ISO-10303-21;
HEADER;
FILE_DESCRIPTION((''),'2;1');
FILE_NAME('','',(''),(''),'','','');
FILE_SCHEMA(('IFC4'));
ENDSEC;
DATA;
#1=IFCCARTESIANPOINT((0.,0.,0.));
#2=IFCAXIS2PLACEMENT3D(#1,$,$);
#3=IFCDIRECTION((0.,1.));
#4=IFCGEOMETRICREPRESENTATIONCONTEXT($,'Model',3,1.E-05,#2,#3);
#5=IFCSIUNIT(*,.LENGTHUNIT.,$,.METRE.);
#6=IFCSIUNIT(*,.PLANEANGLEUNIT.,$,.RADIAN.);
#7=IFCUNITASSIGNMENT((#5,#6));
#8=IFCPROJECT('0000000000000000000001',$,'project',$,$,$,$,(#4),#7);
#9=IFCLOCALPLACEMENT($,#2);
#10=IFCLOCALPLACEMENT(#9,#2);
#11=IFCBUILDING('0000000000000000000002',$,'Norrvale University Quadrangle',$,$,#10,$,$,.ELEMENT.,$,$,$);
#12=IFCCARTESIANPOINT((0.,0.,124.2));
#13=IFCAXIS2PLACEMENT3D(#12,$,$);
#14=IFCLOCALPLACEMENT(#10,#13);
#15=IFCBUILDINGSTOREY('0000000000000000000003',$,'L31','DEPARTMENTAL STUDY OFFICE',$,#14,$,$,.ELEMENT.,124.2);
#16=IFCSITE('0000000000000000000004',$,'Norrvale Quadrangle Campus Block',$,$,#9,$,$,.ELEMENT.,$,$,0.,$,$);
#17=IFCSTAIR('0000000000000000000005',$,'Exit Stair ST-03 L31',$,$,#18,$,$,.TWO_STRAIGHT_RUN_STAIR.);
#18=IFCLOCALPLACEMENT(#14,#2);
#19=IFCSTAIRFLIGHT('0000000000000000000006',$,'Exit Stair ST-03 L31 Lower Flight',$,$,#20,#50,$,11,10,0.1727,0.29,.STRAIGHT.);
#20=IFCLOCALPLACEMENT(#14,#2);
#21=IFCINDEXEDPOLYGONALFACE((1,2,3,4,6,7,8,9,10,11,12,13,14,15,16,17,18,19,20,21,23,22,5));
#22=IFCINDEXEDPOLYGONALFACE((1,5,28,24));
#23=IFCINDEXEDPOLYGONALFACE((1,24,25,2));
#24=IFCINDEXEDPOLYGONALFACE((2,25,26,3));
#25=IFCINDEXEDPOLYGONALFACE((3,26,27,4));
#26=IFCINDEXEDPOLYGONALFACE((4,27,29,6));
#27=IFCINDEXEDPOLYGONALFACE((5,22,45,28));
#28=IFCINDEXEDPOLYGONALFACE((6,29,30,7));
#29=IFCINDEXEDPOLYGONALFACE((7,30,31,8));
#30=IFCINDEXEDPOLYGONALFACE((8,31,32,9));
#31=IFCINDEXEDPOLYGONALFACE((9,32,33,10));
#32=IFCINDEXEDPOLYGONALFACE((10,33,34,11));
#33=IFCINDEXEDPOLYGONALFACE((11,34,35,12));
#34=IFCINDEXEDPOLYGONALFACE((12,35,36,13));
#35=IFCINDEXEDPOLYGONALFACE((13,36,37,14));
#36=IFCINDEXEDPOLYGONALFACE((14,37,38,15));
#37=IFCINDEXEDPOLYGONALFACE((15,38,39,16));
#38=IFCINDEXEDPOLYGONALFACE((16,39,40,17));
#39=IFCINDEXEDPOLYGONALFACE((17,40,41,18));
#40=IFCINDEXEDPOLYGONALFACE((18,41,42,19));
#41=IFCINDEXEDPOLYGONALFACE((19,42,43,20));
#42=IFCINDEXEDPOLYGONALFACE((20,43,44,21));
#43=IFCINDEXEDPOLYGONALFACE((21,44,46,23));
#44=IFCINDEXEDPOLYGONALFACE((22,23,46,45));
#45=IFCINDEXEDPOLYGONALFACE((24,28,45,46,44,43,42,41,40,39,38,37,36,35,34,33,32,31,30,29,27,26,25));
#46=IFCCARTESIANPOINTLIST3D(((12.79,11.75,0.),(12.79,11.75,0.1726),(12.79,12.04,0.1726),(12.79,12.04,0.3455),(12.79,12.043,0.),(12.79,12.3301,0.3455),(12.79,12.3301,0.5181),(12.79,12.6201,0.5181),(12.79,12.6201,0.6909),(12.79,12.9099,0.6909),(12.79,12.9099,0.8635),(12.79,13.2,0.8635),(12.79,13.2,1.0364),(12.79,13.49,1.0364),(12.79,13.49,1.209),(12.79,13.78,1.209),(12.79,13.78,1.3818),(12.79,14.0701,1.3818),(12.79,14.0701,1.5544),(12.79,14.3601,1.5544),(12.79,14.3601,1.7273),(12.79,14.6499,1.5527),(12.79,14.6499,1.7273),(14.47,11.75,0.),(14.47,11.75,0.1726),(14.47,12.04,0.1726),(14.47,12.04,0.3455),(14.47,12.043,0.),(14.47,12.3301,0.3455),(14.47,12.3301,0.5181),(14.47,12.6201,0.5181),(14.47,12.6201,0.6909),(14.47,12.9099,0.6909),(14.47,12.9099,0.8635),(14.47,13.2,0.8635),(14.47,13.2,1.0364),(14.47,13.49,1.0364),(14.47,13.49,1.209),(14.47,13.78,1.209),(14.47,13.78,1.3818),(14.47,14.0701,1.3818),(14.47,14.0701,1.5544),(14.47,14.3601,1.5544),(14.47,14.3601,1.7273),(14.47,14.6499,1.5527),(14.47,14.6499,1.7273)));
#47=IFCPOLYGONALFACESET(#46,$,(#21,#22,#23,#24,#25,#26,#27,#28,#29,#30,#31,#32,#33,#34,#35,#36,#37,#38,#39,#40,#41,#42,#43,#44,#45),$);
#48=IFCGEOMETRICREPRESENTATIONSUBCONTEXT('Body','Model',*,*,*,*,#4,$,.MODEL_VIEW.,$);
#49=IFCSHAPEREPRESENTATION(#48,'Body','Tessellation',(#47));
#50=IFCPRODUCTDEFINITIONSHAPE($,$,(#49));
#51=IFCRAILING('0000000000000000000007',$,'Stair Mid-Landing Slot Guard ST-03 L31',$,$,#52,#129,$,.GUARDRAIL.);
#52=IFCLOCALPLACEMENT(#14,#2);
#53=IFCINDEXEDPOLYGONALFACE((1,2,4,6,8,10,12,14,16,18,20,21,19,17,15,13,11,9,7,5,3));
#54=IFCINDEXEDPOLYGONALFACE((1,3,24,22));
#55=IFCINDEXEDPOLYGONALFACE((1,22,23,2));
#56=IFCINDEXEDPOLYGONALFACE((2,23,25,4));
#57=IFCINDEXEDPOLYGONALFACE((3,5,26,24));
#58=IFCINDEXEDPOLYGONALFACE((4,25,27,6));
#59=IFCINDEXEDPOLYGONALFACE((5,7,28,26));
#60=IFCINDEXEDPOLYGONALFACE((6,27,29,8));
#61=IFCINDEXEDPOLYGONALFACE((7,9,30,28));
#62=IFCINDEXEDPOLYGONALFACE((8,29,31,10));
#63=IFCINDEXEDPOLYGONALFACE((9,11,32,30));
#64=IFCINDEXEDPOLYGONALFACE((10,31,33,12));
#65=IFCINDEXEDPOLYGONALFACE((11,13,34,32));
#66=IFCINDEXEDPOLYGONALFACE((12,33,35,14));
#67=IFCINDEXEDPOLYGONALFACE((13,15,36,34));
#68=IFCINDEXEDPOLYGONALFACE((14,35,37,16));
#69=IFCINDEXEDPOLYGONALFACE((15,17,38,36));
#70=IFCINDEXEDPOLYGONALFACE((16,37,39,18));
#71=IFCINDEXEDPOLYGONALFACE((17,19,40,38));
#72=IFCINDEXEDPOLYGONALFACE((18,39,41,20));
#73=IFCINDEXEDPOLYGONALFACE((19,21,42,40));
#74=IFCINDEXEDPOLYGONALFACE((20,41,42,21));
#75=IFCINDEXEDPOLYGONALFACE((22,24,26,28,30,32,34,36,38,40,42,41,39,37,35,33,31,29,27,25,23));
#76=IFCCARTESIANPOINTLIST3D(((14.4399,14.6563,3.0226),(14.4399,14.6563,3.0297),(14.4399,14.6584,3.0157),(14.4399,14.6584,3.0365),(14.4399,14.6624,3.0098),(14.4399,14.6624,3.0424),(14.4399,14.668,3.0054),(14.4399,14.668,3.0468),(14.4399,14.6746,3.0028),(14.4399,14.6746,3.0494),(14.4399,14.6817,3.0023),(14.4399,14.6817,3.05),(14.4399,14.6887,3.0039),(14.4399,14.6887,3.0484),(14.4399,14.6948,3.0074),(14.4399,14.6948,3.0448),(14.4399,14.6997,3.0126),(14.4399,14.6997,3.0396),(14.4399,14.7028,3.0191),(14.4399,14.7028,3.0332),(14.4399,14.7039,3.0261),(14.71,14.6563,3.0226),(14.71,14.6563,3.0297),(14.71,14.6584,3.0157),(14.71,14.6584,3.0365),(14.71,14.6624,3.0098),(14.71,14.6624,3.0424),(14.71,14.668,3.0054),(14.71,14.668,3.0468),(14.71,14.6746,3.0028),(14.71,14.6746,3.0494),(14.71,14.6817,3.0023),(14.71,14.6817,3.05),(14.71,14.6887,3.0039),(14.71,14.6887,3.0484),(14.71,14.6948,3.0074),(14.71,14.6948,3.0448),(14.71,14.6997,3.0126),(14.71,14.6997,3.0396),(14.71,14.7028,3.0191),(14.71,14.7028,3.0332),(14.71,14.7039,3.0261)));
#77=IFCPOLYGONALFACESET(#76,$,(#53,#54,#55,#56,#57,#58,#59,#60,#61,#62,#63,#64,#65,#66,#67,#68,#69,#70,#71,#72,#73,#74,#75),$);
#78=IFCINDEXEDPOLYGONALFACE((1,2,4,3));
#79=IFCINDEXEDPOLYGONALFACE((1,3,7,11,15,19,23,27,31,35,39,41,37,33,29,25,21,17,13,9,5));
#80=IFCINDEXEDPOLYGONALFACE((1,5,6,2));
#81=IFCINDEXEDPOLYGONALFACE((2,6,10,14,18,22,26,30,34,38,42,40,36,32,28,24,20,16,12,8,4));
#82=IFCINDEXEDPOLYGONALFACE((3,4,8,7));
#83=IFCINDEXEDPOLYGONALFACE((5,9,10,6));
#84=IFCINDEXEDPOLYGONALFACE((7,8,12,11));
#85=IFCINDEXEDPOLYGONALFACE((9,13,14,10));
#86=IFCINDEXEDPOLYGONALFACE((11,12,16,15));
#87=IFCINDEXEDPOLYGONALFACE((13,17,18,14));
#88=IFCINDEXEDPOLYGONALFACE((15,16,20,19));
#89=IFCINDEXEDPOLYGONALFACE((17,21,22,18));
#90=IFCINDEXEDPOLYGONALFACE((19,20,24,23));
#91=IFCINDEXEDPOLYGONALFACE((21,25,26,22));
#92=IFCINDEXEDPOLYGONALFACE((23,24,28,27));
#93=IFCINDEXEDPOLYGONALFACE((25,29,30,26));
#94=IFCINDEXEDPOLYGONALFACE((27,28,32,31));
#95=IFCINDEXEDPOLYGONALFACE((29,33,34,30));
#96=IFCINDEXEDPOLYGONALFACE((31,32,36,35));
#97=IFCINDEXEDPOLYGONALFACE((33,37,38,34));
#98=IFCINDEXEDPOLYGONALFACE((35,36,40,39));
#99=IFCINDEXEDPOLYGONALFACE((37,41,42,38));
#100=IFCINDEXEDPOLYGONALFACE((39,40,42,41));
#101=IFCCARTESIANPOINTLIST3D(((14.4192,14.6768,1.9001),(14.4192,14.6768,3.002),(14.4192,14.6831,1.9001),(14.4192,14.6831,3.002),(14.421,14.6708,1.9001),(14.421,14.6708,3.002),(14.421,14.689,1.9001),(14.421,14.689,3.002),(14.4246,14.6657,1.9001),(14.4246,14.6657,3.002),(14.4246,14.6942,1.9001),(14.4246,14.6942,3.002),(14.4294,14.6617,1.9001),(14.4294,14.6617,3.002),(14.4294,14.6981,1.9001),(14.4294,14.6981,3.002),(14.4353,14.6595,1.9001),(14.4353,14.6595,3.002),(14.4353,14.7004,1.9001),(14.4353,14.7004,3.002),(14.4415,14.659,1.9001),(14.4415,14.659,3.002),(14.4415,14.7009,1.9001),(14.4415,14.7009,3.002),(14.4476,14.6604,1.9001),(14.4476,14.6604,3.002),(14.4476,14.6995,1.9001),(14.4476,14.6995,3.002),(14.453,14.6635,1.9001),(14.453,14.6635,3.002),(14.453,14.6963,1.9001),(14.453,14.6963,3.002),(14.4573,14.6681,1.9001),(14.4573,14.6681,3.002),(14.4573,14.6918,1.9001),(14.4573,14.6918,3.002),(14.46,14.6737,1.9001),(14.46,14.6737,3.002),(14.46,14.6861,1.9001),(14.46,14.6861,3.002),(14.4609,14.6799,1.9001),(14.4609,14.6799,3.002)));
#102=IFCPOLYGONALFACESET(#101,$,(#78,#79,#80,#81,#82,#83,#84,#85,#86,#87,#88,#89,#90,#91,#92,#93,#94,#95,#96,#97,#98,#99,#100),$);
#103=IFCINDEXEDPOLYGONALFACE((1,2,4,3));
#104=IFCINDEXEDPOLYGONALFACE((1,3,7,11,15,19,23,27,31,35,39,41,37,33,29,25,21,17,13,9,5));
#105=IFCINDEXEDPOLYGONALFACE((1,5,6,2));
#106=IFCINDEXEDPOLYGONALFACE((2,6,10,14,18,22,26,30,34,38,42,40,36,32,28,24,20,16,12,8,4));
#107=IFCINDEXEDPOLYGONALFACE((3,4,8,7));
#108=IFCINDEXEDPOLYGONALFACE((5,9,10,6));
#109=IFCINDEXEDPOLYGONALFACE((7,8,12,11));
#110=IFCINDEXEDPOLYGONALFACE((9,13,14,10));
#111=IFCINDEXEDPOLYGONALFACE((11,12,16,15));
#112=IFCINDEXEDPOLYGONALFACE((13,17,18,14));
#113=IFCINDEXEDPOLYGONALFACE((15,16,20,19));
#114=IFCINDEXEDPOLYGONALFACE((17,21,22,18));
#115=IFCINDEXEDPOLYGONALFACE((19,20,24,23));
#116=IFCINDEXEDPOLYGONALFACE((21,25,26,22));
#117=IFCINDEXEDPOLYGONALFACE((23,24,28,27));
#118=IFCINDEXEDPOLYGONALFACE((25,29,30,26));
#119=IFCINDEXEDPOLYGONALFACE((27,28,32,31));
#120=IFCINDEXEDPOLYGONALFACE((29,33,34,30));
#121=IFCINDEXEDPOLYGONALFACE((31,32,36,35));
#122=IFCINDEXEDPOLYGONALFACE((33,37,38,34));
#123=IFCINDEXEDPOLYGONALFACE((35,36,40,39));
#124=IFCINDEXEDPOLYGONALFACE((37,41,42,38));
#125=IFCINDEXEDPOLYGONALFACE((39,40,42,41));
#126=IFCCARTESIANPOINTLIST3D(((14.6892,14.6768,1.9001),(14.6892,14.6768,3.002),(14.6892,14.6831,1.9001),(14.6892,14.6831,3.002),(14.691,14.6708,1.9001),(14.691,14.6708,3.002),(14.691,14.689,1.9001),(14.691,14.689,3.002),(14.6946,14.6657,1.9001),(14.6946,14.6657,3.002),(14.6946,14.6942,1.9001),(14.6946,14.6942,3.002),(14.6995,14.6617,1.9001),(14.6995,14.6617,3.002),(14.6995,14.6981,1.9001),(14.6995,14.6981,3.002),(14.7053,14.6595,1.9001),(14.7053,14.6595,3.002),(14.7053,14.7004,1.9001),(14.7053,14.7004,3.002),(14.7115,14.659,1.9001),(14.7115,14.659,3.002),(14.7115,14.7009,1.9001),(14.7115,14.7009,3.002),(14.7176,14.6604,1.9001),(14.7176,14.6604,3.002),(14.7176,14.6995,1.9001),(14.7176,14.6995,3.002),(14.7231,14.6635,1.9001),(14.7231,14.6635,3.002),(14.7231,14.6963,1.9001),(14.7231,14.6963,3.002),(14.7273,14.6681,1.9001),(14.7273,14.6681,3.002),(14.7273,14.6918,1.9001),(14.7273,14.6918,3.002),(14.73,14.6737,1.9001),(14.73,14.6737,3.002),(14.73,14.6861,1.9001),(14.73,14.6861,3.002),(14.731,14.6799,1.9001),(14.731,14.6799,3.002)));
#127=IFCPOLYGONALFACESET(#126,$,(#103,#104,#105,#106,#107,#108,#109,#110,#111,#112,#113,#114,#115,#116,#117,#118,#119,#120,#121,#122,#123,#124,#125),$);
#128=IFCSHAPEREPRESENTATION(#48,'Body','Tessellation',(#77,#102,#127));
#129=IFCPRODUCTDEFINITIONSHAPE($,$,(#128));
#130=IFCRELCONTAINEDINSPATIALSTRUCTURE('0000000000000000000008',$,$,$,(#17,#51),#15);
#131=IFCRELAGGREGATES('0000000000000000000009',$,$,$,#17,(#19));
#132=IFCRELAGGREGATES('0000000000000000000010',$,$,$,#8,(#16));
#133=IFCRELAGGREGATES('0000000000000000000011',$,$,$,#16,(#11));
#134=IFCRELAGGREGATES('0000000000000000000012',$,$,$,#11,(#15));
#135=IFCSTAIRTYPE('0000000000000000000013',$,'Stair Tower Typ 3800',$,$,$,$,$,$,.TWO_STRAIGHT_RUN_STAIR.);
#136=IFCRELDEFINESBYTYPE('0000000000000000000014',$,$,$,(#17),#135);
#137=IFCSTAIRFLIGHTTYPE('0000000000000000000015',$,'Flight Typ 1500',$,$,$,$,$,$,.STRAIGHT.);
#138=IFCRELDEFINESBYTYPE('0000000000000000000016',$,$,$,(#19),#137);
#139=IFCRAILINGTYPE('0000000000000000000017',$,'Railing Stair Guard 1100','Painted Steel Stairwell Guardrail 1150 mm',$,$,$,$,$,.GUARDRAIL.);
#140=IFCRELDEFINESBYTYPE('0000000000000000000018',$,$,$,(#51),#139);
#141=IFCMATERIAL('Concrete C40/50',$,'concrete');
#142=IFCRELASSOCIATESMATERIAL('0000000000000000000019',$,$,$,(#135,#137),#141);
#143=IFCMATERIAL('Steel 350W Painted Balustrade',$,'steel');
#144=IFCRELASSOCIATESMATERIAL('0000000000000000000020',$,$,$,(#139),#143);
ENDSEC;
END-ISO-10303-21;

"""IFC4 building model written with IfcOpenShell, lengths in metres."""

from ifc_helpers import new_model, si_unit, direction, frame, origin, origin_2d, place, context, subcontext, project, spatial, polyline, circle, outline, extrude, material, type_object, element, aggregate, save


model = new_model("IFC4")

# Units and contexts
model_context = context("Model", 3, precision=1e-05, world=origin(), true_north=direction((0.0, 1.0)))
body_context = subcontext(model_context, "Body", "Model", "MODEL_VIEW")
ifc_project = project(units=[si_unit("LENGTHUNIT", "METRE"), si_unit("PLANEANGLEUNIT", "RADIAN")], contexts=[model_context])

# Site, building, storey
site_placement = place(None, origin())
site = spatial("IfcSite", under=ifc_project, at=site_placement, Name="Norrvale Quadrangle Campus Block", CompositionType="ELEMENT", RefElevation=0.0)
building_placement = place(site_placement, origin())
building = spatial("IfcBuilding", under=site, at=building_placement, Name="Norrvale University Quadrangle", CompositionType="ELEMENT")
storey_placement = place(building_placement, frame((0.0, 0.0, 124.2)))
storey = spatial("IfcBuildingStorey", under=building, at=storey_placement, Name="L31", Description="DEPARTMENTAL STUDY OFFICE", CompositionType="ELEMENT", Elevation=124.2)

# Stair, stair flight
ifc_material_1 = material(Name="Concrete C40/50", Category="concrete")
stair_type = type_object("IfcStairType", Name="Stair Tower Typ 3800", PredefinedType="TWO_STRAIGHT_RUN_STAIR", material=ifc_material_1)
stair_placement = place(storey_placement, origin())
stair = element("IfcStair", 1, at=stair_placement, inside=storey, type_object=stair_type, Name="Exit Stair ST-03 L31", PredefinedType="TWO_STRAIGHT_RUN_STAIR")
stair_flight_type = type_object("IfcStairFlightType", Name="Flight Typ 1500", PredefinedType="STRAIGHT", material=ifc_material_1)
stair_flight_placement = place(storey_placement, frame((13.6299, 11.75, 0.0), z_axis=(0.0, 0.0, 1.0), x_axis=(0.0, 1.0, 0.0)))
stair_flight = element("IfcStairFlight", 2, at=stair_flight_placement, type_object=stair_flight_type, Name="Exit Stair ST-03 L31 Lower Flight", NumberOfRisers=11, NumberOfTreads=10, PredefinedType="STRAIGHT", RiserHeight=0.1727, TreadLength=0.29, context=body_context, shape_type="SweptSolid", body=[
    extrude(outline(polyline([(0.0, 0.0), (0.0, 0.1726), (0.29, 0.1726), (0.29, 0.3455), (0.5801, 0.3455), (0.5801, 0.5181), (0.8701, 0.5181), (0.8701, 0.6909), (1.1599, 0.6909), (1.1599, 0.8635), (1.45, 0.8635), (1.45, 1.0364), (1.74, 1.0364), (1.74, 1.209), (2.03, 1.209), (2.03, 1.3818), (2.3201, 1.3818), (2.3201, 1.5544), (2.6101, 1.5544), (2.6101, 1.7273), (2.8999, 1.7273), (2.8999, 1.8999), (2.8999, 1.5527), (0.293, 0.0), (0.0, 0.0)])), frame((0.0, 0.8398, 0.0), z_axis=(0.0, -1.0, 0.0), x_axis=(1.0, 0.0, 0.0)), (0.0, 0.0, 1.0), 1.6799),
])
aggregate(stair, [stair_flight])

# Railing
ifc_material_2 = material(Name="Steel 350W Painted Balustrade", Category="steel")
railing_type_1 = type_object("IfcRailingType", Name="Railing Stair Guard 1100", Description="Painted Steel Stairwell Guardrail 1150 mm", PredefinedType="GUARDRAIL", material=ifc_material_2)
railing_1_placement = place(storey_placement, frame((14.4399, 14.6799, 1.9001)))
element("IfcRailing", 3, at=railing_1_placement, inside=storey, type_object=railing_type_1, Name="Stair Mid-Landing Slot Guard ST-03 L31", PredefinedType="GUARDRAIL", context=body_context, shape_type="SweptSolid", body=[
    extrude(circle(Radius=0.0239, at=origin_2d()), frame((0.0, 0.0, 1.126), z_axis=(1.0, 0.0, 0.0), x_axis=(0.0, 1.0, 0.0)), (0.0, 0.0, 1.0), 0.27),
    extrude(circle(Radius=0.021, at=origin_2d()), origin(), (0.0, 0.0, 1.0), 1.1018),
    extrude(circle(Radius=0.021, at=origin_2d()), frame((0.27, 0.0, 0.0)), (0.0, 0.0, 1.0), 1.1018),
])

save(model, "model.ifc")
